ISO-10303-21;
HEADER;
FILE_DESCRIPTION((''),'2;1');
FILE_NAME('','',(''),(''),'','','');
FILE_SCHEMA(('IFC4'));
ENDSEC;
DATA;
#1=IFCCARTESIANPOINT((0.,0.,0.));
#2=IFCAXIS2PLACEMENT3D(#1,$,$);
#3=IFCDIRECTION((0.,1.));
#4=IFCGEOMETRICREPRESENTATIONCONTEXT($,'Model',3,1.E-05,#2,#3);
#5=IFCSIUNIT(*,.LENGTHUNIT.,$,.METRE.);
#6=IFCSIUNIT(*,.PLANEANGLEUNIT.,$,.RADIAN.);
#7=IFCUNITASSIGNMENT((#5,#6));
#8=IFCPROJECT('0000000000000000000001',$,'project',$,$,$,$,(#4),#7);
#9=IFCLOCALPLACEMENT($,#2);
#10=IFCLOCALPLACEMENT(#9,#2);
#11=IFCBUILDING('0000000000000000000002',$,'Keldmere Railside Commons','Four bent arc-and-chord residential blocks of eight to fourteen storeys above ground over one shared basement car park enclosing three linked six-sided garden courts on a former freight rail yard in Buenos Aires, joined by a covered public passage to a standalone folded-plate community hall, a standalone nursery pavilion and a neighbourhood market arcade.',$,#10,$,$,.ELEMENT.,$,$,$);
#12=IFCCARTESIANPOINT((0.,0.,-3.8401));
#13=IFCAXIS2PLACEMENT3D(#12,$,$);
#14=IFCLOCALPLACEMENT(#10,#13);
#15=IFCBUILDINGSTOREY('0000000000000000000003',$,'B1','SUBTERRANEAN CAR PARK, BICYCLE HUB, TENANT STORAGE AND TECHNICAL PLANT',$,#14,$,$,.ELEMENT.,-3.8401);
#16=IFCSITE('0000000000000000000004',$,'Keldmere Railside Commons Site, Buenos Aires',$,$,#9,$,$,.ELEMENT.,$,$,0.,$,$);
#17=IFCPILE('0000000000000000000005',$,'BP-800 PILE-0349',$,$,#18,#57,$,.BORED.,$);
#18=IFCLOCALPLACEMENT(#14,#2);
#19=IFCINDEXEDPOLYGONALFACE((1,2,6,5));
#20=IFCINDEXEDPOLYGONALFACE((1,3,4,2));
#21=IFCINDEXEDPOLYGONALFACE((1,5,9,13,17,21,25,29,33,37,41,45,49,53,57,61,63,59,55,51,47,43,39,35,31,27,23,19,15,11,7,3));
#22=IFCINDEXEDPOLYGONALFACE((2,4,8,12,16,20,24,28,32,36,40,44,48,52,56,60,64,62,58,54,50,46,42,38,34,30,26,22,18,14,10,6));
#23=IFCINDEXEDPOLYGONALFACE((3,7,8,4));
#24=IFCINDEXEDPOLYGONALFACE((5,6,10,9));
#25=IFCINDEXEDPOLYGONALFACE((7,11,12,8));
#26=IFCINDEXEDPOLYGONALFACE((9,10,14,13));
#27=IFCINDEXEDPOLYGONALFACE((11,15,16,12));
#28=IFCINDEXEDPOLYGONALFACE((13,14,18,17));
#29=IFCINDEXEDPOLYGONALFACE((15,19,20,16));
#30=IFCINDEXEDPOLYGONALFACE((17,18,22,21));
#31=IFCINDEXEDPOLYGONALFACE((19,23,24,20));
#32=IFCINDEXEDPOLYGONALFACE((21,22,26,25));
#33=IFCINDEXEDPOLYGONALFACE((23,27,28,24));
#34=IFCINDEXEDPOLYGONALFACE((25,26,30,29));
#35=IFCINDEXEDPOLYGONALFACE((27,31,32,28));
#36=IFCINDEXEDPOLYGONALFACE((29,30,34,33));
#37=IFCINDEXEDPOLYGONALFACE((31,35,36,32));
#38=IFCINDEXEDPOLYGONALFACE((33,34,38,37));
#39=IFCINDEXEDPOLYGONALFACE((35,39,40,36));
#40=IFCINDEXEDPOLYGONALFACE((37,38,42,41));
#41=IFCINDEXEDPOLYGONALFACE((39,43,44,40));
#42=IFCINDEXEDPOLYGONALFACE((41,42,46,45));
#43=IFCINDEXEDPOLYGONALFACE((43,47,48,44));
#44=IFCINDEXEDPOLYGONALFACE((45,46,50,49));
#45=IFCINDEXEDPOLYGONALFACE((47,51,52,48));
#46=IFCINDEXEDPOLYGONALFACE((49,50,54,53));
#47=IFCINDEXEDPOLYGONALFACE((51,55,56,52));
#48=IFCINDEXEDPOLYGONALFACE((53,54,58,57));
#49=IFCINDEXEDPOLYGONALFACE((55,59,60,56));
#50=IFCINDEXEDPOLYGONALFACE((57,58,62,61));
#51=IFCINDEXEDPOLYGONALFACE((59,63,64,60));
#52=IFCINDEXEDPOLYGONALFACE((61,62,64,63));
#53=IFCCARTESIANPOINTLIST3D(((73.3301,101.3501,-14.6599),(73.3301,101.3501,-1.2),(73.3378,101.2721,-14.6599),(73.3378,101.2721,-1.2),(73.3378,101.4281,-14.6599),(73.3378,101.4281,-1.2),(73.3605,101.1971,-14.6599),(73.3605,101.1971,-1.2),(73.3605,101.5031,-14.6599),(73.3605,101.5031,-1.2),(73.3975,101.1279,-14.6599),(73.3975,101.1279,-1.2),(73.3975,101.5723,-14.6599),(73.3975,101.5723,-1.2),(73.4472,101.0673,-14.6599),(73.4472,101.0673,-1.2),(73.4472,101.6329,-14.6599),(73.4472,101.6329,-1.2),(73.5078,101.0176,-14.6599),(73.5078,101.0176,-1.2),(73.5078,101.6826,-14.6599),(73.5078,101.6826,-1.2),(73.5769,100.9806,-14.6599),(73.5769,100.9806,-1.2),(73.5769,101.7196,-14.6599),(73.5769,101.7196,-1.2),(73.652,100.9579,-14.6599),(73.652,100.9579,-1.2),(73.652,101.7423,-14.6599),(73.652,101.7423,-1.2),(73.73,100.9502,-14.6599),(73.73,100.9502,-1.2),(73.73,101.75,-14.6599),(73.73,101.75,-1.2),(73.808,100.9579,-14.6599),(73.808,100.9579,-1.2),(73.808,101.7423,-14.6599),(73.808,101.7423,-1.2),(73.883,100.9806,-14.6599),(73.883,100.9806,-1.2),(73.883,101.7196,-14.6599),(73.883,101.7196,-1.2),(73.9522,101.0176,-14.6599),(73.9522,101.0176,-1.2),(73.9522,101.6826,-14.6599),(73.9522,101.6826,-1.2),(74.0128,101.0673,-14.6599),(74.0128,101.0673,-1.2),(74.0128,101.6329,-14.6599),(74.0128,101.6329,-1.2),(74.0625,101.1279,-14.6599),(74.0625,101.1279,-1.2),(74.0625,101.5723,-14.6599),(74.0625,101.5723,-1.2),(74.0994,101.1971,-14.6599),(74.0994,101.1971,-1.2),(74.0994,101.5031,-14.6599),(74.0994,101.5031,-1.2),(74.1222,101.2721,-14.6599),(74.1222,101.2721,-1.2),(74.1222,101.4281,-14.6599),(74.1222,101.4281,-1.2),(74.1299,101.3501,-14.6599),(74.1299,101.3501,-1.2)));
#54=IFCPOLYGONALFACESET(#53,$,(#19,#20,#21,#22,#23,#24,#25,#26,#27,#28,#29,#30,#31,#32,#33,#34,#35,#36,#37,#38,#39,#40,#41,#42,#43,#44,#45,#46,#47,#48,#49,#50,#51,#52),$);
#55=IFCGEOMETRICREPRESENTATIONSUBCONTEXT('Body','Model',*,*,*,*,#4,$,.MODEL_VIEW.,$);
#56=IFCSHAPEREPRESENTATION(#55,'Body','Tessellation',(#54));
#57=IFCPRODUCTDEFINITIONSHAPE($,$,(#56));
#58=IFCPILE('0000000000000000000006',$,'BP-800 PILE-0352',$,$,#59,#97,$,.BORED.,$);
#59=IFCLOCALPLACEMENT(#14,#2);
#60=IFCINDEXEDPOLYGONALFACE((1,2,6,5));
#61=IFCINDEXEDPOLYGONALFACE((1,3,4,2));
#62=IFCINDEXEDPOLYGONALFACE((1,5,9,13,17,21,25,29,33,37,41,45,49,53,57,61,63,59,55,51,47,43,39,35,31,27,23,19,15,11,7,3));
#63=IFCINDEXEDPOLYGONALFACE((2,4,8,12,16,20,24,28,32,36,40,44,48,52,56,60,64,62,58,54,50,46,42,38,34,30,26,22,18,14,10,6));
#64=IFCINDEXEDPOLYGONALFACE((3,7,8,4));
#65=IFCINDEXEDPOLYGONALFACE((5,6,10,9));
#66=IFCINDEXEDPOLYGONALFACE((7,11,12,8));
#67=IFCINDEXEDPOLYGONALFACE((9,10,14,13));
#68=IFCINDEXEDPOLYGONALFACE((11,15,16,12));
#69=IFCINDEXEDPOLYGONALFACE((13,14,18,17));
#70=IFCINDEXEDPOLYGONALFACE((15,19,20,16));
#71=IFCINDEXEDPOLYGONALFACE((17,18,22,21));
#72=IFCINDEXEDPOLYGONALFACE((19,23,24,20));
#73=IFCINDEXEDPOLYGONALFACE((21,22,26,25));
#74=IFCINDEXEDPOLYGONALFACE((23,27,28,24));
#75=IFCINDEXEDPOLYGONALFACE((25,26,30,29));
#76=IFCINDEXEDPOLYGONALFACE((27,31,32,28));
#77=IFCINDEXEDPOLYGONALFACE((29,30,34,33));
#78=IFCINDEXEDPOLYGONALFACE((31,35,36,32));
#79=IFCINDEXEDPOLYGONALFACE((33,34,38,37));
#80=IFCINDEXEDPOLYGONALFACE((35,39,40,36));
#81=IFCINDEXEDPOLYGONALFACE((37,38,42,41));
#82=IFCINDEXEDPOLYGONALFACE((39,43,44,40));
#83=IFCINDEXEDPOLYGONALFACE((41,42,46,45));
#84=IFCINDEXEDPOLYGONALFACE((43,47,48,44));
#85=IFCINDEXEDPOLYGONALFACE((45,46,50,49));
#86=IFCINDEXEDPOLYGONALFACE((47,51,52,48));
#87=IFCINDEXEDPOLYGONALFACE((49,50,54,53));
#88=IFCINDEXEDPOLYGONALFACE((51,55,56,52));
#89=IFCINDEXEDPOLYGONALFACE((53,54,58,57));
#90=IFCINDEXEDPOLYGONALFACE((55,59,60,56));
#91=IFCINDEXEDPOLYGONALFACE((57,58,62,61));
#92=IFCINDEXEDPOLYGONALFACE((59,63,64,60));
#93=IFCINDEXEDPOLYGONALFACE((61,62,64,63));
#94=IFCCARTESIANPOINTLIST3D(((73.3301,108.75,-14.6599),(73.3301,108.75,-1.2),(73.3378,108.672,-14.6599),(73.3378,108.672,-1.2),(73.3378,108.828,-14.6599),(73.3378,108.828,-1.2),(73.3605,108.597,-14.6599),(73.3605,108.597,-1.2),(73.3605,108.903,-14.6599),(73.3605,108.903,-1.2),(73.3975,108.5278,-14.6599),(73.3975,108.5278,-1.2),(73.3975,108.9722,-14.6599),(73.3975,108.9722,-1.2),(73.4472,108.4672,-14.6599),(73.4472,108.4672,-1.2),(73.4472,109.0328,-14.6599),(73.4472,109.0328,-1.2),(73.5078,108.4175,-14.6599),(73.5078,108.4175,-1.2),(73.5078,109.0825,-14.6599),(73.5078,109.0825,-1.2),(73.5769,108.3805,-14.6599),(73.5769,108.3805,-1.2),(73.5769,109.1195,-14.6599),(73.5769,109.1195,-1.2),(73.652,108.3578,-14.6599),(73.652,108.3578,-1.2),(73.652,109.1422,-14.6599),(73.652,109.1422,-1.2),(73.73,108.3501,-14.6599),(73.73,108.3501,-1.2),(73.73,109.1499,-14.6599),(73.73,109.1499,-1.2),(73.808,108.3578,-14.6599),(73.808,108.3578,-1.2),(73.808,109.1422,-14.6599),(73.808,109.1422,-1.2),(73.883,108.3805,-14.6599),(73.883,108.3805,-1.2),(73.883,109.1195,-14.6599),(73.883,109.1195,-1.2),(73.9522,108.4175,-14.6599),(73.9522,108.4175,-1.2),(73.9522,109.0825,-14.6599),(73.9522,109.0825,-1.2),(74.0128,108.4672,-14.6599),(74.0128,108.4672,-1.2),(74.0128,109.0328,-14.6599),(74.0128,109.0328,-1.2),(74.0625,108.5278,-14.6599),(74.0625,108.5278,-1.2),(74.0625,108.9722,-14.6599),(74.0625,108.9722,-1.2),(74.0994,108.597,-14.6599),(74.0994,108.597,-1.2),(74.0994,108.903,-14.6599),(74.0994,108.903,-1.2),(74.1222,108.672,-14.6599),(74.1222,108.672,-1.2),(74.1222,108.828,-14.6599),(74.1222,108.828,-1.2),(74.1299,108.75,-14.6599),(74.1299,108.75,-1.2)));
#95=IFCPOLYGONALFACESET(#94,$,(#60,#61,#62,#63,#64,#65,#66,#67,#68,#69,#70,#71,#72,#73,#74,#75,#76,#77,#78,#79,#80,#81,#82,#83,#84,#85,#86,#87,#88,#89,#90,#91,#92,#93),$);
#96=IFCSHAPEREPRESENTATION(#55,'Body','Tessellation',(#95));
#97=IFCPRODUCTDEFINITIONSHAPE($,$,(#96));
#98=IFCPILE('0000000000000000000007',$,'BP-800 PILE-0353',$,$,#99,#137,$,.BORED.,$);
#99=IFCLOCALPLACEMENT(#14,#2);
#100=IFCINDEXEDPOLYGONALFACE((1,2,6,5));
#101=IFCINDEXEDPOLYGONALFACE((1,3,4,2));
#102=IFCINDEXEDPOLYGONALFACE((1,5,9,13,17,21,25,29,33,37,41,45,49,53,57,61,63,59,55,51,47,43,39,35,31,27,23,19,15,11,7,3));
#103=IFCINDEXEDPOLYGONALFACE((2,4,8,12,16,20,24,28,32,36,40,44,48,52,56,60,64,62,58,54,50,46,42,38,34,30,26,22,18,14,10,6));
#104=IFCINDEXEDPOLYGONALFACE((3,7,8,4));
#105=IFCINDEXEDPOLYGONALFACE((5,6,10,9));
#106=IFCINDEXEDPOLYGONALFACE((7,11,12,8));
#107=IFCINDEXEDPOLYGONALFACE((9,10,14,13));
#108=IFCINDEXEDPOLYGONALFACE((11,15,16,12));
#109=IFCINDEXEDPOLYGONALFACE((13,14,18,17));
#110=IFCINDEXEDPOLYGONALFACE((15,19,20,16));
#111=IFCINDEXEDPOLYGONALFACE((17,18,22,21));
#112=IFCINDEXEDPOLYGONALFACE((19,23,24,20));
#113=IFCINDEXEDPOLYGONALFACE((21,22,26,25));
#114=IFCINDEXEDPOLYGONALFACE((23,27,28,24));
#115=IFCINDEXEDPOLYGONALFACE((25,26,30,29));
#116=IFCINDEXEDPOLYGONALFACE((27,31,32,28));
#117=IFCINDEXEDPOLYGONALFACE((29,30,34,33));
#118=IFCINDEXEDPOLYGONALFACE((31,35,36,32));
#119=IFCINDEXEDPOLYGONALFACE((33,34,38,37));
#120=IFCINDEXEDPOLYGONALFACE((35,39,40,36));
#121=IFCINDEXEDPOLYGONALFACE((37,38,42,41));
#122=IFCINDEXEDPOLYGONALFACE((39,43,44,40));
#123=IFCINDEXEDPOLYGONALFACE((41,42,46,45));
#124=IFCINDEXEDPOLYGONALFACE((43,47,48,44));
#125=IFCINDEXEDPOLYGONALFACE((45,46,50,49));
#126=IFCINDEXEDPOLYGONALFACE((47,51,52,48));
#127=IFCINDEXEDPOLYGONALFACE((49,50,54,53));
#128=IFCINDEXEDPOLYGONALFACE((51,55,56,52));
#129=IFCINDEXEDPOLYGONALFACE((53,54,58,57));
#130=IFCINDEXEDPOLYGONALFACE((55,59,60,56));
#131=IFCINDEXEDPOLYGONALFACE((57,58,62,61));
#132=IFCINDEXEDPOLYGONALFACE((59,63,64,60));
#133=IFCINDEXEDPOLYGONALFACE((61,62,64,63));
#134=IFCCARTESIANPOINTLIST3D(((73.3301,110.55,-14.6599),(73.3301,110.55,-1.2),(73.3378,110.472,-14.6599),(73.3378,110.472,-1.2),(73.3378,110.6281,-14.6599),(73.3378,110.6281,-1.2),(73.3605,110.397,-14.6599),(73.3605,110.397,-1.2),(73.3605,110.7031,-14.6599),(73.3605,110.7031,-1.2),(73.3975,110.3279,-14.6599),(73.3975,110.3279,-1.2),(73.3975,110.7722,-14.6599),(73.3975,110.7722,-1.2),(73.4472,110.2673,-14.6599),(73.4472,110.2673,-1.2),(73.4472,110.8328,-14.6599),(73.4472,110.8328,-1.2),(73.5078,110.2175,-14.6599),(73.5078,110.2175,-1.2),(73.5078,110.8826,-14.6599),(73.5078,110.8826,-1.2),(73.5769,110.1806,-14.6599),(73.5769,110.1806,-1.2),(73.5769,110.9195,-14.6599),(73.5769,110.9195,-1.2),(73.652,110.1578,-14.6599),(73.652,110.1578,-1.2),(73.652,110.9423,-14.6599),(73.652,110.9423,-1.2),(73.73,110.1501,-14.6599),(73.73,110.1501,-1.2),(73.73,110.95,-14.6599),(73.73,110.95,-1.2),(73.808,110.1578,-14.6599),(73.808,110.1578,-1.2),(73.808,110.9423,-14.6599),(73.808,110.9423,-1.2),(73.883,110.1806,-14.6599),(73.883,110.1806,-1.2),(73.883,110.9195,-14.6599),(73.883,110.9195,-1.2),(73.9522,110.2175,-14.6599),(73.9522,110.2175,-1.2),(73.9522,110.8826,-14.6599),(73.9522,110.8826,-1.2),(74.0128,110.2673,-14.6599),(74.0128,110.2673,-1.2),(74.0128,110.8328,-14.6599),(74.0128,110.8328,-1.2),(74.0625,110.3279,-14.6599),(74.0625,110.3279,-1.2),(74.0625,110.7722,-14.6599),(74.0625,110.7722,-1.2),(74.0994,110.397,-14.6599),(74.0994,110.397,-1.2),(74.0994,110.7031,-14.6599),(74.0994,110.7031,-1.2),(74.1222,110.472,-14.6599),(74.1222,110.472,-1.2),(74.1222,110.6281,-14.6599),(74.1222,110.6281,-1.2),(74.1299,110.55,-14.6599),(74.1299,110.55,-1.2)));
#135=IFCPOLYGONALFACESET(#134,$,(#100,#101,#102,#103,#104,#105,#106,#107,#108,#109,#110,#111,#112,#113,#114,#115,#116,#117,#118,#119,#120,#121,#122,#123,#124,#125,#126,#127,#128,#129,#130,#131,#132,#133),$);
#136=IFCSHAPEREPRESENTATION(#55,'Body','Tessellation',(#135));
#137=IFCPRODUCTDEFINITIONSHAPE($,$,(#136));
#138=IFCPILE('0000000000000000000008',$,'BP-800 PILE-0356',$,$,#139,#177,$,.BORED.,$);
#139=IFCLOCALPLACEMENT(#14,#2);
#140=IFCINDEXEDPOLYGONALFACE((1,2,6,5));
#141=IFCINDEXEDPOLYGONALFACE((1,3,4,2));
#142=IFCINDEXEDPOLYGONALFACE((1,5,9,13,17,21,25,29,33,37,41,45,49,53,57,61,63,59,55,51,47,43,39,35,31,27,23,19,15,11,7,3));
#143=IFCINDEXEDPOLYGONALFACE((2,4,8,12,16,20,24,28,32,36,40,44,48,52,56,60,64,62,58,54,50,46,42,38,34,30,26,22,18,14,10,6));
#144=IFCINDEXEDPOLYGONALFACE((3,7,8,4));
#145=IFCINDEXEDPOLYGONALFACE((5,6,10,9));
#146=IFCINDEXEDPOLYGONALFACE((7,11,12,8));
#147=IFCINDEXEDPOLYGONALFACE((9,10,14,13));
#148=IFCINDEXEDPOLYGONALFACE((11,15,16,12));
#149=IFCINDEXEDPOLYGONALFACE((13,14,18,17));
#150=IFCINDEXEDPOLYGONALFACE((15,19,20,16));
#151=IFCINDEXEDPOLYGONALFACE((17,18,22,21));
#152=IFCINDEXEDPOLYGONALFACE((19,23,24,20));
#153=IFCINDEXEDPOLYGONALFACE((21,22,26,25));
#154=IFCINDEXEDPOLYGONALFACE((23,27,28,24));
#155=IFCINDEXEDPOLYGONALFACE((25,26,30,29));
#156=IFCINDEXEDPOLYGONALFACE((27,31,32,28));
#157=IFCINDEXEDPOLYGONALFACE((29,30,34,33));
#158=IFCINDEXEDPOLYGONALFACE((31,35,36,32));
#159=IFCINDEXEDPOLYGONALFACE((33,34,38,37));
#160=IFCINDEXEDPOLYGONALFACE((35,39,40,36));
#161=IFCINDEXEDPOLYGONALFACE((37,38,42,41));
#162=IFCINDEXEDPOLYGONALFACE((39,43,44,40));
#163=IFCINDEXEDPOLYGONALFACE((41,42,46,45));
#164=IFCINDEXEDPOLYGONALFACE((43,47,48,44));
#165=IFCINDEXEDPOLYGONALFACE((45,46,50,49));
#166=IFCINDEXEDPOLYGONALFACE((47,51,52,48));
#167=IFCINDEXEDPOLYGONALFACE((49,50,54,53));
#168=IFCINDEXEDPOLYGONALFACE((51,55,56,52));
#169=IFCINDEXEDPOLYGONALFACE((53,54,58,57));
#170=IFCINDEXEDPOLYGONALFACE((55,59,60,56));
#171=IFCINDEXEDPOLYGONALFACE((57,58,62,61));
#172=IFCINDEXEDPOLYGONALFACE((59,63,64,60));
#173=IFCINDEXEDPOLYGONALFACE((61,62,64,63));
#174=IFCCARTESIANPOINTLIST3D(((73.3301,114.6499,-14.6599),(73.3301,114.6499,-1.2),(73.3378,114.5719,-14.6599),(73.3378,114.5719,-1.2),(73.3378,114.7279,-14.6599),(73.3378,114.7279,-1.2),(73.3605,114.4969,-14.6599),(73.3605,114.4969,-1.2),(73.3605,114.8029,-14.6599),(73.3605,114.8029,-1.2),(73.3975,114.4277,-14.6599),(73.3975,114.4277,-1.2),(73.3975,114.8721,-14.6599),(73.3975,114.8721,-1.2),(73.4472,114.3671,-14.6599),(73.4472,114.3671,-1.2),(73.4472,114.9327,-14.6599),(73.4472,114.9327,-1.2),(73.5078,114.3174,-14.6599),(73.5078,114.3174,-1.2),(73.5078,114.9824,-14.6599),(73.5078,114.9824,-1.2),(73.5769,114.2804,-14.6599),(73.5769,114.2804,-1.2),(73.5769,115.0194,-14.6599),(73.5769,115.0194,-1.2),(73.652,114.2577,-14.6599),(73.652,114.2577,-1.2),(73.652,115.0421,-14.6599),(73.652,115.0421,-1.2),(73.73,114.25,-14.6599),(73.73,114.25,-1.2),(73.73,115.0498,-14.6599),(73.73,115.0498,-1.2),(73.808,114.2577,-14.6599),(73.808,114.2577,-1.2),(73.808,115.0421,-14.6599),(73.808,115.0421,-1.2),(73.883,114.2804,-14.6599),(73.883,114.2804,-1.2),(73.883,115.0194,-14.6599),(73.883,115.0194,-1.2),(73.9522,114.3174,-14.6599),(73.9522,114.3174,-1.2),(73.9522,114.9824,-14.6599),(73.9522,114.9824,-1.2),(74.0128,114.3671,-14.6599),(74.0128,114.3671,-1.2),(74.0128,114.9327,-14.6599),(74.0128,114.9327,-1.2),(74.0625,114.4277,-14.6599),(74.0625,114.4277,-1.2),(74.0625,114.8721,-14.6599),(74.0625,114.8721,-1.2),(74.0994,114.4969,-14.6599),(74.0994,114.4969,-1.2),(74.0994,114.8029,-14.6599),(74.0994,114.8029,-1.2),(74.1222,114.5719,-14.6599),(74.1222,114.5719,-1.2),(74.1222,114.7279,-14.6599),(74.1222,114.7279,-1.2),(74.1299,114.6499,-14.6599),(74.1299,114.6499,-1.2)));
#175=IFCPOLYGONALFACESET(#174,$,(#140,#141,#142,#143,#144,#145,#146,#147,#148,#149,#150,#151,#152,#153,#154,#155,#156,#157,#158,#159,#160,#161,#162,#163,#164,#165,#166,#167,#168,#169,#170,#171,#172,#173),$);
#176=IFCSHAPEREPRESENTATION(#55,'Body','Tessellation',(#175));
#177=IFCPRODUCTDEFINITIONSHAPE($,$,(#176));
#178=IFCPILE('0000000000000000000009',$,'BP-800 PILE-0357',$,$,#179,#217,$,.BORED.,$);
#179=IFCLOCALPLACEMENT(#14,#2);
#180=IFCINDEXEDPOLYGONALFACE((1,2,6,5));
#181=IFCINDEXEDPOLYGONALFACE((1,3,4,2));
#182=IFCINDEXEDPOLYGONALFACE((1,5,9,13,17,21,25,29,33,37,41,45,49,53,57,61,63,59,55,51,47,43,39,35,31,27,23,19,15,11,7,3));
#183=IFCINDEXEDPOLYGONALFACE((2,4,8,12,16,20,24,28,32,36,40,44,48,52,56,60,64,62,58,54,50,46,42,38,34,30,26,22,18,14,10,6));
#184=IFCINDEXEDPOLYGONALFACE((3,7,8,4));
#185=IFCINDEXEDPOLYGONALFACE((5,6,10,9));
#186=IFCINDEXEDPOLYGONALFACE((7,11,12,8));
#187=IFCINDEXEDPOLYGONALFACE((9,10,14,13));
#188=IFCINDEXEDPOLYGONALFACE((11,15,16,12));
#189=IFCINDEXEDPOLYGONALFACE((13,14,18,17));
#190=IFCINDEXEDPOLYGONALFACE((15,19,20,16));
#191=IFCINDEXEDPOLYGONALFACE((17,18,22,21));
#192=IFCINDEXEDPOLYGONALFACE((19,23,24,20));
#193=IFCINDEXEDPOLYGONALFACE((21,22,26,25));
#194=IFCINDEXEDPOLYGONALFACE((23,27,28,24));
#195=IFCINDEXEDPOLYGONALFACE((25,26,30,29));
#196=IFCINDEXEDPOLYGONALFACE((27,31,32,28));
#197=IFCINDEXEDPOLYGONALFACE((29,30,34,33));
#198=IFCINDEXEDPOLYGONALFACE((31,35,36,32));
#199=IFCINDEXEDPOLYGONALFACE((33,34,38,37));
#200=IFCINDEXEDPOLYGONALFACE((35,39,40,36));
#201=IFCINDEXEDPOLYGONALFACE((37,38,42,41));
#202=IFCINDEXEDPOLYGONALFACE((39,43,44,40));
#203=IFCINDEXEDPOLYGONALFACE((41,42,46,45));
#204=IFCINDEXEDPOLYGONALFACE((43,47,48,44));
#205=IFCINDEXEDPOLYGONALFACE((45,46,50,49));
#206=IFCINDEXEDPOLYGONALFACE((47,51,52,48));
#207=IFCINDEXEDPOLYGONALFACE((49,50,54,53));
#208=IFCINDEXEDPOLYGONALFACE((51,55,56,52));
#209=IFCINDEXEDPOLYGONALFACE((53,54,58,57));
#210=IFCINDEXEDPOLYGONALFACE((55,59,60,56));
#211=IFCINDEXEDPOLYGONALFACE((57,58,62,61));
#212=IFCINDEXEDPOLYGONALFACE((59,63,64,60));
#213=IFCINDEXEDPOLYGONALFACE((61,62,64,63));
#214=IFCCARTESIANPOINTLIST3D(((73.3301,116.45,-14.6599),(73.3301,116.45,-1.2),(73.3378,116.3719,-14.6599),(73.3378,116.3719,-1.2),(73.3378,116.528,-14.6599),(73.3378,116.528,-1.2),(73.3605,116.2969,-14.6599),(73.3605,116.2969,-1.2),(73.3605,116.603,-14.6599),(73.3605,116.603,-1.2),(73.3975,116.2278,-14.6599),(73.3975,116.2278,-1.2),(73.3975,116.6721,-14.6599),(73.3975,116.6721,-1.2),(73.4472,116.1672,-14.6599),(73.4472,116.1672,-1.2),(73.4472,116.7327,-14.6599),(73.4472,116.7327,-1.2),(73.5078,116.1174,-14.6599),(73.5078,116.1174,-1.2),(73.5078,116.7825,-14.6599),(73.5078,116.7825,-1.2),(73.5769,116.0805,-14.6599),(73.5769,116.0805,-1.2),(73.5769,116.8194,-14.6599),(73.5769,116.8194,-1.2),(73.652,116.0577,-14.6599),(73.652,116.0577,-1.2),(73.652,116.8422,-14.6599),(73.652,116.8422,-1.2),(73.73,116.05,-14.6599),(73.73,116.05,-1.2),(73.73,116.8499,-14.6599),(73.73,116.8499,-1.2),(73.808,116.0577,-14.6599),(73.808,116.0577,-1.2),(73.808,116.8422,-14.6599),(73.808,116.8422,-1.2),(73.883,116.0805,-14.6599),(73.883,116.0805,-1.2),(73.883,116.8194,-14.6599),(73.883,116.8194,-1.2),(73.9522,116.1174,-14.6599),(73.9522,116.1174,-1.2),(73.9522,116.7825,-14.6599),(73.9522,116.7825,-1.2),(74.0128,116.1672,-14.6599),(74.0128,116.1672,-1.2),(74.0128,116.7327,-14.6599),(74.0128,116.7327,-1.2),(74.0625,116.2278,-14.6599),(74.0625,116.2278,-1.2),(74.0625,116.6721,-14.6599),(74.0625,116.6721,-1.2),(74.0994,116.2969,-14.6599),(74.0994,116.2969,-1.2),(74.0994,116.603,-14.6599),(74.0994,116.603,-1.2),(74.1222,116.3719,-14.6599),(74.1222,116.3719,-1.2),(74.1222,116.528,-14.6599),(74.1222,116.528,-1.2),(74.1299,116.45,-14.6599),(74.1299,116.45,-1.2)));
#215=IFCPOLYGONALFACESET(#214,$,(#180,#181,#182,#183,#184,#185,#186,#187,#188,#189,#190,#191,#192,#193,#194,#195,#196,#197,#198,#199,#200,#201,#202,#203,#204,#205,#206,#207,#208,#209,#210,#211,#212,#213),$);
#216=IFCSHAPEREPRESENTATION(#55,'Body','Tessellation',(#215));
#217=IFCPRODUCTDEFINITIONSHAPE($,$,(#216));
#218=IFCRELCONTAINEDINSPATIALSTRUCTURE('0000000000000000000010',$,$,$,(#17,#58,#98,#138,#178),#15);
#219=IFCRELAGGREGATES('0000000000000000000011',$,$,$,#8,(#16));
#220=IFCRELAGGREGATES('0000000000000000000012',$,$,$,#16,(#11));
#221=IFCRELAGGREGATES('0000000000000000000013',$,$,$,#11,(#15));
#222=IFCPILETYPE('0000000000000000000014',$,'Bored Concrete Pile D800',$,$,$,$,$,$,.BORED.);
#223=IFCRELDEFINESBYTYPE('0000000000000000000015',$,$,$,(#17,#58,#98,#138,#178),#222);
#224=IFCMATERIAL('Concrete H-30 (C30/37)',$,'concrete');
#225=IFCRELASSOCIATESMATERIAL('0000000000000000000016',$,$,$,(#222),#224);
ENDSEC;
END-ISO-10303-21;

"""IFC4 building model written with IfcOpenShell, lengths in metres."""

from ifc_helpers import new_model, si_unit, direction, frame, origin, origin_2d, place, context, subcontext, project, spatial, circle, extrude, material, material_profile, profile_set, type_object, element, save


model = new_model("IFC4")

# Units and contexts
model_context = context("Model", 3, precision=1e-05, world=origin(), true_north=direction((0.0, 1.0)))
body_context = subcontext(model_context, "Body", "Model", "MODEL_VIEW")
ifc_project = project(units=[si_unit("LENGTHUNIT", "METRE"), si_unit("PLANEANGLEUNIT", "RADIAN")], contexts=[model_context])

# Site, building, storey
site_placement = place(None, origin())
site = spatial("IfcSite", under=ifc_project, at=site_placement, Name="Keldmere Railside Commons Site, Buenos Aires", CompositionType="ELEMENT", RefElevation=0.0)
building_placement = place(site_placement, origin())
building = spatial("IfcBuilding", under=site, at=building_placement, Name="Keldmere Railside Commons", Description="Four bent arc-and-chord residential blocks of eight to fourteen storeys above ground over one shared basement car park enclosing three linked six-sided garden courts on a former freight rail yard in Buenos Aires, joined by a covered public passage to a standalone folded-plate community hall, a standalone nursery pavilion and a neighbourhood market arcade.", CompositionType="ELEMENT")
storey_placement = place(building_placement, frame((0.0, 0.0, -3.8401)))
storey = spatial("IfcBuildingStorey", under=building, at=storey_placement, Name="B1", Description="SUBTERRANEAN CAR PARK, BICYCLE HUB, TENANT STORAGE AND TECHNICAL PLANT", CompositionType="ELEMENT", Elevation=-3.8401)

# Piles
ifc_material_1 = material(Name="Concrete H-30 (C30/37)", Category="concrete")
ifc_material_profile_1 = material_profile(ifc_material_1, circle(Radius=0.3999, at=origin_2d()), Name="PILE-D800")
ifc_profile_set_1 = profile_set([ifc_material_profile_1], Name="Concrete H-30 (C30/37)")
pile_type = type_object("IfcPileType", Name="Bored Concrete Pile D800", PredefinedType="BORED", material=ifc_profile_set_1)
for number, where, z_axis, x_axis, name in (
    (1, (73.73, 101.3501, -1.2), (0.0, 0.0, -1.0), (1.0, 0.0, 0.0), "BP-800 PILE-0349"),
    (2, (73.73, 108.75, -1.2), (0.0, 0.0, -1.0), (1.0, 0.0, 0.0), "BP-800 PILE-0352"),
    (3, (73.73, 110.55, -1.2), (0.0, 0.0, -1.0), (1.0, 0.0, 0.0), "BP-800 PILE-0353"),
    (4, (73.73, 114.6499, -1.2), (0.0, 0.0, -1.0), (1.0, 0.0, 0.0), "BP-800 PILE-0356"),
    (5, (73.73, 116.45, -1.2), (0.0, 0.0, -1.0), (1.0, 0.0, 0.0), "BP-800 PILE-0357"),
):
    element("IfcPile", number, at=place(storey_placement, frame(where, z_axis=z_axis, x_axis=x_axis)), inside=storey, type_object=pile_type, Name=name, PredefinedType="BORED", context=body_context, shape_type="SweptSolid", body=[
        extrude(circle(Radius=0.3999, at=origin_2d()), origin(), (0.0, 0.0, 1.0), 13.46),
    ])

save(model, "model.ifc")
